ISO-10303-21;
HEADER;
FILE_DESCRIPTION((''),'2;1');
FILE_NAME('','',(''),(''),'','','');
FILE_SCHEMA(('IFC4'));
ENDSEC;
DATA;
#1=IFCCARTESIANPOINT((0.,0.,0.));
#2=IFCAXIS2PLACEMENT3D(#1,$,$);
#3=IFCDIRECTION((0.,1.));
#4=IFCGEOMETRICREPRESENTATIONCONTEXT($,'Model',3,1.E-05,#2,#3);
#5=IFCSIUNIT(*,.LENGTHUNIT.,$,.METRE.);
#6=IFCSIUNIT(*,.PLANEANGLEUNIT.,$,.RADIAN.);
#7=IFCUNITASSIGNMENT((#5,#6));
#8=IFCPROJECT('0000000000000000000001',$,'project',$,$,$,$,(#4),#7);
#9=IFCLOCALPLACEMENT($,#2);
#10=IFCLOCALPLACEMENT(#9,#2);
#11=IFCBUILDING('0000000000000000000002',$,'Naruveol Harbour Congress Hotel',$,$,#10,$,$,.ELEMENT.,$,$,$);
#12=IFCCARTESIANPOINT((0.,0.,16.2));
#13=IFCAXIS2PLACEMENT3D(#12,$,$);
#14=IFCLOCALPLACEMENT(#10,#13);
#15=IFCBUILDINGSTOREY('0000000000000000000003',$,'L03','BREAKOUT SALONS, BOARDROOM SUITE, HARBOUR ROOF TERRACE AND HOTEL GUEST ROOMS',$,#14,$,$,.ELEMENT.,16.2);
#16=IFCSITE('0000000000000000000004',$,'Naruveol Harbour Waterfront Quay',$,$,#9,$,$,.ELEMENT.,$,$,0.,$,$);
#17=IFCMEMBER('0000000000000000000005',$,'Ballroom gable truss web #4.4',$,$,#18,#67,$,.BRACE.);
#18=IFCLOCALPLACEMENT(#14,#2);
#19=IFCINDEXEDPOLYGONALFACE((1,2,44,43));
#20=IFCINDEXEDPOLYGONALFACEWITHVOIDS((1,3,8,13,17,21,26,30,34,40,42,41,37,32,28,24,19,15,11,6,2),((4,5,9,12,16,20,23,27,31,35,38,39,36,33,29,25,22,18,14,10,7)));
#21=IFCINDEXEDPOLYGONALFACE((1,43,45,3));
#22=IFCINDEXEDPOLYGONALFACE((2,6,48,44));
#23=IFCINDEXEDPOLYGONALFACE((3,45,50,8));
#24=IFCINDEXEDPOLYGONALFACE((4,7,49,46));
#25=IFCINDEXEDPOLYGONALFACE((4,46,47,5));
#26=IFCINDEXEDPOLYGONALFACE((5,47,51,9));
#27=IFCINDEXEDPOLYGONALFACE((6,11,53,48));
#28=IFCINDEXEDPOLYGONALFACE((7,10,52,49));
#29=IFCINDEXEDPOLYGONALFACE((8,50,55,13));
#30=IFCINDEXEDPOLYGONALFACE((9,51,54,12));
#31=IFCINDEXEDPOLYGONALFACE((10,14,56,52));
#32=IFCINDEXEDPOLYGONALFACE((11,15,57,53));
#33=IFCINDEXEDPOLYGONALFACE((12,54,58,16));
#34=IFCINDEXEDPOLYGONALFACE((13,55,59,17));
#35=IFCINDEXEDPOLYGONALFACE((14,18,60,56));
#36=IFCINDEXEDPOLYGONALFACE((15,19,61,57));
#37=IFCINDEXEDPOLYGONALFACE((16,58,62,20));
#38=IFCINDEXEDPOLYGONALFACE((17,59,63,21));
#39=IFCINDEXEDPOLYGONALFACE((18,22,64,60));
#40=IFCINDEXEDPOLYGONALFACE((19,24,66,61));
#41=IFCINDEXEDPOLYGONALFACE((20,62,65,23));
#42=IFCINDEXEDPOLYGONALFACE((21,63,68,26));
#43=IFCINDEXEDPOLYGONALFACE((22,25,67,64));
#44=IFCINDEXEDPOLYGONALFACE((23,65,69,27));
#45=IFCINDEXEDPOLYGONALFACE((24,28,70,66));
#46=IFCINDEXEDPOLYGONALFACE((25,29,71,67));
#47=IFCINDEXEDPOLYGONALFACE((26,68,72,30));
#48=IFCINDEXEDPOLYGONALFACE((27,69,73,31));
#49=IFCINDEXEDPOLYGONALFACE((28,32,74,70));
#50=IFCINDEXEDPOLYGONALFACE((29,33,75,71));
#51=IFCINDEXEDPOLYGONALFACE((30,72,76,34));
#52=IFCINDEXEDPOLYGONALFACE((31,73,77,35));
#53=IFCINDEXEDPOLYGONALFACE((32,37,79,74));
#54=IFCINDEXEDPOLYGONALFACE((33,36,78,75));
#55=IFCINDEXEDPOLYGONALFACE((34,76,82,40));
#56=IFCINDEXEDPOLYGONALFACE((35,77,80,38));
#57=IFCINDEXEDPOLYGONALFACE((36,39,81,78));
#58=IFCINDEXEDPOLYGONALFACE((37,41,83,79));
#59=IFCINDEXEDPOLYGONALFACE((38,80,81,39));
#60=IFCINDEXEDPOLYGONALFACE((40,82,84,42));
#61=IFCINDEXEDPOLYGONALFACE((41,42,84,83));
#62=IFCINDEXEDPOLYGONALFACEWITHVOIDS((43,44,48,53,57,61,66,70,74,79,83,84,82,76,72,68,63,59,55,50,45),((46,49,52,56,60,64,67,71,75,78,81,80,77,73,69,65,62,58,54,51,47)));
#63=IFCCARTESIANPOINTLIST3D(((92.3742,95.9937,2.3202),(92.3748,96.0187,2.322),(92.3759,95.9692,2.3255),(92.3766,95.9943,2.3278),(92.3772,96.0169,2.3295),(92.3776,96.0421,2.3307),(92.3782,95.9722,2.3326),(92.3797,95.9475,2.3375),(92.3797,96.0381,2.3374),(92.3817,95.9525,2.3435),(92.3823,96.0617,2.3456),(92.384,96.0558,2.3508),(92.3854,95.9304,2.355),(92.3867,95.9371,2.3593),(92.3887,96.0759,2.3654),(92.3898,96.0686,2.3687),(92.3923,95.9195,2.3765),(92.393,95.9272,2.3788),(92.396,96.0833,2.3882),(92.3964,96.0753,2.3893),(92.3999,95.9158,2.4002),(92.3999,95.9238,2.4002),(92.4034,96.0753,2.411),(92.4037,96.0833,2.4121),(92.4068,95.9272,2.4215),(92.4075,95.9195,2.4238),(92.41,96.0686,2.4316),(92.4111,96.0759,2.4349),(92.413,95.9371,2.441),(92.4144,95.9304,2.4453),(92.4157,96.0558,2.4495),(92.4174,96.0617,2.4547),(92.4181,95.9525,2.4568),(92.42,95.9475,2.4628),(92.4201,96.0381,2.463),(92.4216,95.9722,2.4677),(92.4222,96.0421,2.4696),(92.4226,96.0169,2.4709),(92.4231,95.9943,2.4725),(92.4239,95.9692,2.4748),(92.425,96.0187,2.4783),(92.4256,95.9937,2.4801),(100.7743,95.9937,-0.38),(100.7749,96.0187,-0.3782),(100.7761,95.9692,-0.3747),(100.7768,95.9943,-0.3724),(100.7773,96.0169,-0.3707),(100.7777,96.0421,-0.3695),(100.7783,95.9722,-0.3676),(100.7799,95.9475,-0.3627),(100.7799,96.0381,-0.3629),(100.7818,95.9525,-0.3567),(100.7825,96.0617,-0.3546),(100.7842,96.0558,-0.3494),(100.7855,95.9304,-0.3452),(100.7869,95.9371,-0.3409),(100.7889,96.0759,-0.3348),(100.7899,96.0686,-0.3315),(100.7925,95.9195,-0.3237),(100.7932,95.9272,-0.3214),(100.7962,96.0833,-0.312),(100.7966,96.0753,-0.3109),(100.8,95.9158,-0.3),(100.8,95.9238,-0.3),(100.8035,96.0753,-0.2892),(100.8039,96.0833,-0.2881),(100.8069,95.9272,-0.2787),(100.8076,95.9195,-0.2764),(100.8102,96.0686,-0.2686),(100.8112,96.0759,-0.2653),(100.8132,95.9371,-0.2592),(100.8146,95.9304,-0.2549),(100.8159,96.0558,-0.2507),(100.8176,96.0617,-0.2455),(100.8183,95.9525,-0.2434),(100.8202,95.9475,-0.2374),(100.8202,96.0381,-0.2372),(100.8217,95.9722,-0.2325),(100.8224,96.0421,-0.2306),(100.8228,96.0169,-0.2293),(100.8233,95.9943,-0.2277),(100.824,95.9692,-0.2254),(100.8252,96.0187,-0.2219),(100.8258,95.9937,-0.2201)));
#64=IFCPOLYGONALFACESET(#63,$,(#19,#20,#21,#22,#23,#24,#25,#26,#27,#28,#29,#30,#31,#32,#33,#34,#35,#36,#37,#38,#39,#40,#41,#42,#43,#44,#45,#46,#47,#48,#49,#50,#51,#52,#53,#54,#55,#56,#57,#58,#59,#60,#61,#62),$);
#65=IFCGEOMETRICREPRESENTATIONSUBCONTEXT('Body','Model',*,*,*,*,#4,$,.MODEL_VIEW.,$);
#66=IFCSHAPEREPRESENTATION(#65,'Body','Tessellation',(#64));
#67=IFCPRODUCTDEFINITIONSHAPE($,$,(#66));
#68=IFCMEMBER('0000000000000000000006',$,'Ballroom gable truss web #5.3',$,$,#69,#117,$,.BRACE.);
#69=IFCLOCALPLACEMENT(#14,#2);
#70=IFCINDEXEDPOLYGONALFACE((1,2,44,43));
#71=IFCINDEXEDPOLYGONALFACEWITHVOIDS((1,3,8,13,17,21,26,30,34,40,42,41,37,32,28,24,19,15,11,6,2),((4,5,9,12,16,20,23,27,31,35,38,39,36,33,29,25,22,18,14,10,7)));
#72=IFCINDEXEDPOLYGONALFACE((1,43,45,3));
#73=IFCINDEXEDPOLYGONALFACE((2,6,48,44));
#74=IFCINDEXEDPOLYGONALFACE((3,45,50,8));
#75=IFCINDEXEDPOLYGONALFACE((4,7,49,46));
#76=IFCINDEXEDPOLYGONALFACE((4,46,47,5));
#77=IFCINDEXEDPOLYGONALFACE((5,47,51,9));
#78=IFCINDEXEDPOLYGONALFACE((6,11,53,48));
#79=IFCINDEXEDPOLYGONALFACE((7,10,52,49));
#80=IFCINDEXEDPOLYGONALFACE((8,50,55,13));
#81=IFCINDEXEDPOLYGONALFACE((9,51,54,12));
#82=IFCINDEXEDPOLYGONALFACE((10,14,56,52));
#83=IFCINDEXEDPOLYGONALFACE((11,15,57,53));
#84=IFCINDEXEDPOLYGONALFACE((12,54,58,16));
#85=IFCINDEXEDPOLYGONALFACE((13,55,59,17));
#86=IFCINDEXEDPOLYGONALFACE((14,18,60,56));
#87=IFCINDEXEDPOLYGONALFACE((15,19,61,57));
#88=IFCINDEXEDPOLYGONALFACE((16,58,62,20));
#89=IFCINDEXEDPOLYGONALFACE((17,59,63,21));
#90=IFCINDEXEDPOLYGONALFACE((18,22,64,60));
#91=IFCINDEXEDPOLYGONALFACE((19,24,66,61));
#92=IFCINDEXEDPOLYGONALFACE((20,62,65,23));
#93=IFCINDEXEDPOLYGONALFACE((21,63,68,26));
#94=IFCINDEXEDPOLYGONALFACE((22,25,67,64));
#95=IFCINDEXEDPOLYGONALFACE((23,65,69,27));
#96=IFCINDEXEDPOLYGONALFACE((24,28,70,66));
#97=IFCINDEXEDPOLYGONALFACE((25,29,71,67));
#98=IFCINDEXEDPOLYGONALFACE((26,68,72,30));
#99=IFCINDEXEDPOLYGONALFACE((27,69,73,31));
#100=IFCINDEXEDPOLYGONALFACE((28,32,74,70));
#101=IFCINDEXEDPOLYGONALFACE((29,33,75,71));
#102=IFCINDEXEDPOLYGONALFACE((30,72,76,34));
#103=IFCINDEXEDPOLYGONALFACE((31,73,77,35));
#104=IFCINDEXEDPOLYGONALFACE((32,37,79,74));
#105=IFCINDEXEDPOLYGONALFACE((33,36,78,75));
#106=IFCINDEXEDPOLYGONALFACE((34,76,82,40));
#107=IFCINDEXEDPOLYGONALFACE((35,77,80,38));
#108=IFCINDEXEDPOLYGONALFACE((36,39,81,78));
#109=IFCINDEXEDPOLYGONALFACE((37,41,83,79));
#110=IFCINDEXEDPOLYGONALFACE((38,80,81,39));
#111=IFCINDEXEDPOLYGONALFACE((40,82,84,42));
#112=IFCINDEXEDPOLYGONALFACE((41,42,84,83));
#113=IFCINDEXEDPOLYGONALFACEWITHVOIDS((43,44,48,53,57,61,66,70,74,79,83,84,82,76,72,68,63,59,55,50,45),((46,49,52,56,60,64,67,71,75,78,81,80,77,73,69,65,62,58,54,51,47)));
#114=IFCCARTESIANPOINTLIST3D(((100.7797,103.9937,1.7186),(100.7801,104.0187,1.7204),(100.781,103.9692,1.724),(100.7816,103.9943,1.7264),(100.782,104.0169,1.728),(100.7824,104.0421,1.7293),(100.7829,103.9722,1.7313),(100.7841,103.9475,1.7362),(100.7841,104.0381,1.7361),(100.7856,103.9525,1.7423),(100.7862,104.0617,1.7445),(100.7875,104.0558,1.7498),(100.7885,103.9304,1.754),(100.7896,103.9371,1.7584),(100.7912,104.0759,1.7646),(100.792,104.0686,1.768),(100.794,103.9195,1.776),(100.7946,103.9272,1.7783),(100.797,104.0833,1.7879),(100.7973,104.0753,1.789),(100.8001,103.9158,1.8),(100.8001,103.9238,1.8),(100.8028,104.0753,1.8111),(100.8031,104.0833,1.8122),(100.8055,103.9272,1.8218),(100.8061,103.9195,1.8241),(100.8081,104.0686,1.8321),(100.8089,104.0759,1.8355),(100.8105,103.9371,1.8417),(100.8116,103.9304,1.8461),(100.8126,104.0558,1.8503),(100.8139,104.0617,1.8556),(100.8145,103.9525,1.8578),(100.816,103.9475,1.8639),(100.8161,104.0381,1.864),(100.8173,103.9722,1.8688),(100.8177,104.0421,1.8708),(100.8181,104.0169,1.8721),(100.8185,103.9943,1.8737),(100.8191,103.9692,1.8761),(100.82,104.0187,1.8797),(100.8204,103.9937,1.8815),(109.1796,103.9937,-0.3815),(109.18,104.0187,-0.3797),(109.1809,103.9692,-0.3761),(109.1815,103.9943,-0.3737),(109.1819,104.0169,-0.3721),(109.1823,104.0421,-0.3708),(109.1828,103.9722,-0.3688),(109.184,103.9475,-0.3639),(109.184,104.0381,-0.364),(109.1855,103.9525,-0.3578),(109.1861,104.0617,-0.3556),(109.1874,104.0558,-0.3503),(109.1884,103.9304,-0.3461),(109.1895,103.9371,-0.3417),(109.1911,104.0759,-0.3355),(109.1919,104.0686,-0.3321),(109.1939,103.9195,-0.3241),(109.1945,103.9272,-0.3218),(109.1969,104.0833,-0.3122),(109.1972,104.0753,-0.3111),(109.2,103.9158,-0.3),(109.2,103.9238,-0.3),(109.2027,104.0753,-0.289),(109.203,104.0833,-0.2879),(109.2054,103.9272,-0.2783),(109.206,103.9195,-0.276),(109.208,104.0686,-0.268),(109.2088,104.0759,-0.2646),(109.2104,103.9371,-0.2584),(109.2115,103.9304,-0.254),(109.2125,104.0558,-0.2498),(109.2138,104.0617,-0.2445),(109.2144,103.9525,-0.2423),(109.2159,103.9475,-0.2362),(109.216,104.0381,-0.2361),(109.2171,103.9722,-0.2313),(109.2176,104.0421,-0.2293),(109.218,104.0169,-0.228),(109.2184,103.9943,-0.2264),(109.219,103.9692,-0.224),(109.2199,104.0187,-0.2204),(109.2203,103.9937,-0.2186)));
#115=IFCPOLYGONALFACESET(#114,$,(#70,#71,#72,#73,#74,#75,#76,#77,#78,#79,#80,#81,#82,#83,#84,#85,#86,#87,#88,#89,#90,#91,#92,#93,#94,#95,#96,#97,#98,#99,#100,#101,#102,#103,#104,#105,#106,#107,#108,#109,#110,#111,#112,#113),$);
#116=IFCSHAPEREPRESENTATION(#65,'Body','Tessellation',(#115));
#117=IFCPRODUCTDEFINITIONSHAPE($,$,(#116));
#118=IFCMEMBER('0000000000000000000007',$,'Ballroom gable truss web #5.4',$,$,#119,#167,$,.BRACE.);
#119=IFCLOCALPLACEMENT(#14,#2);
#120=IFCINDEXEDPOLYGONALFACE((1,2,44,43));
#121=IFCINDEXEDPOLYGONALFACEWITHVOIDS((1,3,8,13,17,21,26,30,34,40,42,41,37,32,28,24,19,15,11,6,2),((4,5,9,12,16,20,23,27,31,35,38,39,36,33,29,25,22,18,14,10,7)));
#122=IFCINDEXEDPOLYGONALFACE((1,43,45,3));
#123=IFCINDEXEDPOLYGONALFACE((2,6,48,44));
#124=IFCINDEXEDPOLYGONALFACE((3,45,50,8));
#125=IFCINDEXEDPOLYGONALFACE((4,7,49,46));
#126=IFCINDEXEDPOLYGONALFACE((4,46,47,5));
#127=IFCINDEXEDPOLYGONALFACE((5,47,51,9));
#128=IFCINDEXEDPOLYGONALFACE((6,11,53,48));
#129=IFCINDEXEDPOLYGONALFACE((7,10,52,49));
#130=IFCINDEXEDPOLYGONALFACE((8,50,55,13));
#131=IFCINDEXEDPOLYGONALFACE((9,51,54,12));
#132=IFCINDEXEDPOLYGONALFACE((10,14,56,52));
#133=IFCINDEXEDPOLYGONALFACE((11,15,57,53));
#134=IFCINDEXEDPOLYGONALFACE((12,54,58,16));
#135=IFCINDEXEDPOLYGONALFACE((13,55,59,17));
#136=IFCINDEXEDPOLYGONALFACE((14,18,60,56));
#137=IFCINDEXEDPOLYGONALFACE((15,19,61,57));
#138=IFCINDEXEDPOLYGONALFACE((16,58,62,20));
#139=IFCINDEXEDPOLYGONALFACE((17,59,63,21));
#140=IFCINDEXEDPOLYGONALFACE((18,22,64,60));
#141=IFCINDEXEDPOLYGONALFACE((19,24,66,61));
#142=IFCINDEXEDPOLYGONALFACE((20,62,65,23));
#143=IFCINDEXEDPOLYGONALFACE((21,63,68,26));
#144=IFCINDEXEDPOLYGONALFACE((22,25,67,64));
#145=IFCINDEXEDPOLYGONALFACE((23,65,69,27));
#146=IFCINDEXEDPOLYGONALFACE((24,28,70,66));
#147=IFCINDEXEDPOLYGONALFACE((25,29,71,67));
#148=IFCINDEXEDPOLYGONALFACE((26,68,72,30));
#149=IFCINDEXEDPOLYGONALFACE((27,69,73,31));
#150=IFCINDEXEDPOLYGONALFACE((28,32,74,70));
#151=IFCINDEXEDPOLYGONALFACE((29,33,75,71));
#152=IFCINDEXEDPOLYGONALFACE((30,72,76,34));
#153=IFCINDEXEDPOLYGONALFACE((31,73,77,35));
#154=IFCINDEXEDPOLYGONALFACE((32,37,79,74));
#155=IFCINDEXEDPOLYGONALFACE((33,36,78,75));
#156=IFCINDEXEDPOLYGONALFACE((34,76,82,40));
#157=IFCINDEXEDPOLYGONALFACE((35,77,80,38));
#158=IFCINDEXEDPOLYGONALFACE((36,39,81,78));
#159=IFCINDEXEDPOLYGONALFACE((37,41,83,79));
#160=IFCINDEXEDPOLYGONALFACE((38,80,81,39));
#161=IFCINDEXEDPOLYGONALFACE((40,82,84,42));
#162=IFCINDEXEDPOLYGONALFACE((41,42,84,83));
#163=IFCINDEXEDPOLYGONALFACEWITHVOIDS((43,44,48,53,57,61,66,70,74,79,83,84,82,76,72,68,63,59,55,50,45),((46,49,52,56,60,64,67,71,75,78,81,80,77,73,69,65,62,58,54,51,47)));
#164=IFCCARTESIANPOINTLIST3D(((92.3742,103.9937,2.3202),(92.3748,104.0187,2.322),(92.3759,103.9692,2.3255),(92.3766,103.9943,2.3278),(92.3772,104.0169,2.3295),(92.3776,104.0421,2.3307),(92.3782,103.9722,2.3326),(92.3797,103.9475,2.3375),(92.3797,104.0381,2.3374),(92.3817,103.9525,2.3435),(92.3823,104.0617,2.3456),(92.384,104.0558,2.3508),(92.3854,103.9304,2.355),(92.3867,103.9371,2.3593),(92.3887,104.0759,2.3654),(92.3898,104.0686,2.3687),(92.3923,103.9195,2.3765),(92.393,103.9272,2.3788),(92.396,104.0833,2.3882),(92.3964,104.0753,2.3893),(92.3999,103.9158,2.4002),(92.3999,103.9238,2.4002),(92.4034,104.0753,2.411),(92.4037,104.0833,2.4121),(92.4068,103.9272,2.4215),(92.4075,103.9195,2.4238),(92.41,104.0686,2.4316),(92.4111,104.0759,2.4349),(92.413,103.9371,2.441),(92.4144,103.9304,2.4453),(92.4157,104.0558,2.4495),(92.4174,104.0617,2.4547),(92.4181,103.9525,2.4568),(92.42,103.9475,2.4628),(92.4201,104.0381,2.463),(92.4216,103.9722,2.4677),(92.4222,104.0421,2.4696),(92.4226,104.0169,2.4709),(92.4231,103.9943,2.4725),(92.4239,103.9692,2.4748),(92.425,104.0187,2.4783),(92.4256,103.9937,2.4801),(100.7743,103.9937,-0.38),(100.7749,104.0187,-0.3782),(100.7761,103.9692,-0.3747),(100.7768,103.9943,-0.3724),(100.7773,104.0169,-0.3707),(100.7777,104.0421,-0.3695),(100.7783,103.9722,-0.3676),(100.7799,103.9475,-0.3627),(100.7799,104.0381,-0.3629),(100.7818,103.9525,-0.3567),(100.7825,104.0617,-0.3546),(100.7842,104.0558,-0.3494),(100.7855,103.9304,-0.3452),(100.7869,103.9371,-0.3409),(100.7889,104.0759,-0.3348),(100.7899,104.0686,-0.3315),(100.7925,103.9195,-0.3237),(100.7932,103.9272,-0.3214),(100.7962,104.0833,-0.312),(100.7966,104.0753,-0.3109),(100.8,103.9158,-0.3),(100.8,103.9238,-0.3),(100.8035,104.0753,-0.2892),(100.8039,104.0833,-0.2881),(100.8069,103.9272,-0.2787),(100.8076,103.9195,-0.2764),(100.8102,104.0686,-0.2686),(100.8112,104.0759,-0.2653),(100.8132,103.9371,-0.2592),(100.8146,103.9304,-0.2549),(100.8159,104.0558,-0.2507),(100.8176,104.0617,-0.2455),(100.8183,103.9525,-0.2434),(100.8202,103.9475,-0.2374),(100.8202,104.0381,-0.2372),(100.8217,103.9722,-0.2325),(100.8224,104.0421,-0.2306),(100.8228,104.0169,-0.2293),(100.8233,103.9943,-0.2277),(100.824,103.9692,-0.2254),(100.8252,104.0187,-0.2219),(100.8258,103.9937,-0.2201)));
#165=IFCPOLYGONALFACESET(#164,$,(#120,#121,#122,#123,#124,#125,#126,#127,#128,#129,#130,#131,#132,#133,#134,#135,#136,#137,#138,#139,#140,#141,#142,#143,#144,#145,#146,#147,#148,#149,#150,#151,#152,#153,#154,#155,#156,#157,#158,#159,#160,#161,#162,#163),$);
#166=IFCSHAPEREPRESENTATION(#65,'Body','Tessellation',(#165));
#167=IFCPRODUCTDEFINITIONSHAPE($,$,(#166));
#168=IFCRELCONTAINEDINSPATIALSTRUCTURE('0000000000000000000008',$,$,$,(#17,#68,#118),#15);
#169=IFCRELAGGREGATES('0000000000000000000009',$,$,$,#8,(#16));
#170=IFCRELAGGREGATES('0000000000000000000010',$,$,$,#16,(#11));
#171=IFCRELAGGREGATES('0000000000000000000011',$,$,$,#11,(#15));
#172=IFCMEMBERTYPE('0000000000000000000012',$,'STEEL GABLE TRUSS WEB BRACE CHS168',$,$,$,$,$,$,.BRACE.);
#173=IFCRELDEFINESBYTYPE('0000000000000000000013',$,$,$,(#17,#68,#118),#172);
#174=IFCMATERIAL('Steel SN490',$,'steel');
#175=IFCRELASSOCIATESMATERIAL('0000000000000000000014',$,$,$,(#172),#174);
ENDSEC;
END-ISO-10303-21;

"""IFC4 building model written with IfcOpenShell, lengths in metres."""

from ifc_helpers import new_model, si_unit, direction, frame, origin, origin_2d, place, context, subcontext, project, spatial, hollow_circle, extrude, material, material_profile, profile_set, type_object, element, save


model = new_model("IFC4")

# Units and contexts
model_context = context("Model", 3, precision=1e-05, world=origin(), true_north=direction((0.0, 1.0)))
body_context = subcontext(model_context, "Body", "Model", "MODEL_VIEW")
ifc_project = project(units=[si_unit("LENGTHUNIT", "METRE"), si_unit("PLANEANGLEUNIT", "RADIAN")], contexts=[model_context])

# Site, building, storey
site_placement = place(None, origin())
site = spatial("IfcSite", under=ifc_project, at=site_placement, Name="Naruveol Harbour Waterfront Quay", CompositionType="ELEMENT", RefElevation=0.0)
building_placement = place(site_placement, origin())
building = spatial("IfcBuilding", under=site, at=building_placement, Name="Naruveol Harbour Congress Hotel", CompositionType="ELEMENT")
storey_placement = place(building_placement, frame((0.0, 0.0, 16.2)))
storey = spatial("IfcBuildingStorey", under=building, at=storey_placement, Name="L03", Description="BREAKOUT SALONS, BOARDROOM SUITE, HARBOUR ROOF TERRACE AND HOTEL GUEST ROOMS", CompositionType="ELEMENT", Elevation=16.2)

# Members
ifc_material_1 = material(Name="Steel SN490", Category="steel")
ifc_material_profile_1 = material_profile(ifc_material_1, hollow_circle(Radius=0.0842, WallThickness=0.0081, at=origin_2d()), Name="CHS-168.3x8")
ifc_profile_set_1 = profile_set([ifc_material_profile_1], Name="Steel SN490")
member_type_1 = type_object("IfcMemberType", Name="STEEL GABLE TRUSS WEB BRACE CHS168", PredefinedType="BRACE", material=ifc_profile_set_1)
member_1_placement = place(storey_placement, frame((100.8, 96.0, -0.3), z_axis=(-0.952024, 0.0, 0.306024), x_axis=(0.0, -1.0, 0.0)))
element("IfcMember", 1, at=member_1_placement, inside=storey, type_object=member_type_1, Name="Ballroom gable truss web #4.4", PredefinedType="BRACE", context=body_context, shape_type="SweptSolid", body=[
    extrude(hollow_circle(Radius=0.0842, WallThickness=0.0081, at=origin_2d()), origin(), (0.0, 0.0, 1.0), 8.8235),
])
member_2_placement = place(storey_placement, frame((109.2, 104.0, -0.3), z_axis=(-0.970139, 0.0, 0.242549), x_axis=(0.0, -1.0, 0.0)))
element("IfcMember", 2, at=member_2_placement, inside=storey, type_object=member_type_1, Name="Ballroom gable truss web #5.3", PredefinedType="BRACE", context=body_context, shape_type="SweptSolid", body=[
    extrude(hollow_circle(Radius=0.0842, WallThickness=0.0081, at=origin_2d()), origin(), (0.0, 0.0, 1.0), 8.6584),
])
member_3_placement = place(storey_placement, frame((100.8, 104.0, -0.3), z_axis=(-0.952024, 0.0, 0.306024), x_axis=(0.0, -1.0, 0.0)))
element("IfcMember", 3, at=member_3_placement, inside=storey, type_object=member_type_1, Name="Ballroom gable truss web #5.4", PredefinedType="BRACE", context=body_context, shape_type="SweptSolid", body=[
    extrude(hollow_circle(Radius=0.0842, WallThickness=0.0081, at=origin_2d()), origin(), (0.0, 0.0, 1.0), 8.8235),
])

save(model, "model.ifc")
